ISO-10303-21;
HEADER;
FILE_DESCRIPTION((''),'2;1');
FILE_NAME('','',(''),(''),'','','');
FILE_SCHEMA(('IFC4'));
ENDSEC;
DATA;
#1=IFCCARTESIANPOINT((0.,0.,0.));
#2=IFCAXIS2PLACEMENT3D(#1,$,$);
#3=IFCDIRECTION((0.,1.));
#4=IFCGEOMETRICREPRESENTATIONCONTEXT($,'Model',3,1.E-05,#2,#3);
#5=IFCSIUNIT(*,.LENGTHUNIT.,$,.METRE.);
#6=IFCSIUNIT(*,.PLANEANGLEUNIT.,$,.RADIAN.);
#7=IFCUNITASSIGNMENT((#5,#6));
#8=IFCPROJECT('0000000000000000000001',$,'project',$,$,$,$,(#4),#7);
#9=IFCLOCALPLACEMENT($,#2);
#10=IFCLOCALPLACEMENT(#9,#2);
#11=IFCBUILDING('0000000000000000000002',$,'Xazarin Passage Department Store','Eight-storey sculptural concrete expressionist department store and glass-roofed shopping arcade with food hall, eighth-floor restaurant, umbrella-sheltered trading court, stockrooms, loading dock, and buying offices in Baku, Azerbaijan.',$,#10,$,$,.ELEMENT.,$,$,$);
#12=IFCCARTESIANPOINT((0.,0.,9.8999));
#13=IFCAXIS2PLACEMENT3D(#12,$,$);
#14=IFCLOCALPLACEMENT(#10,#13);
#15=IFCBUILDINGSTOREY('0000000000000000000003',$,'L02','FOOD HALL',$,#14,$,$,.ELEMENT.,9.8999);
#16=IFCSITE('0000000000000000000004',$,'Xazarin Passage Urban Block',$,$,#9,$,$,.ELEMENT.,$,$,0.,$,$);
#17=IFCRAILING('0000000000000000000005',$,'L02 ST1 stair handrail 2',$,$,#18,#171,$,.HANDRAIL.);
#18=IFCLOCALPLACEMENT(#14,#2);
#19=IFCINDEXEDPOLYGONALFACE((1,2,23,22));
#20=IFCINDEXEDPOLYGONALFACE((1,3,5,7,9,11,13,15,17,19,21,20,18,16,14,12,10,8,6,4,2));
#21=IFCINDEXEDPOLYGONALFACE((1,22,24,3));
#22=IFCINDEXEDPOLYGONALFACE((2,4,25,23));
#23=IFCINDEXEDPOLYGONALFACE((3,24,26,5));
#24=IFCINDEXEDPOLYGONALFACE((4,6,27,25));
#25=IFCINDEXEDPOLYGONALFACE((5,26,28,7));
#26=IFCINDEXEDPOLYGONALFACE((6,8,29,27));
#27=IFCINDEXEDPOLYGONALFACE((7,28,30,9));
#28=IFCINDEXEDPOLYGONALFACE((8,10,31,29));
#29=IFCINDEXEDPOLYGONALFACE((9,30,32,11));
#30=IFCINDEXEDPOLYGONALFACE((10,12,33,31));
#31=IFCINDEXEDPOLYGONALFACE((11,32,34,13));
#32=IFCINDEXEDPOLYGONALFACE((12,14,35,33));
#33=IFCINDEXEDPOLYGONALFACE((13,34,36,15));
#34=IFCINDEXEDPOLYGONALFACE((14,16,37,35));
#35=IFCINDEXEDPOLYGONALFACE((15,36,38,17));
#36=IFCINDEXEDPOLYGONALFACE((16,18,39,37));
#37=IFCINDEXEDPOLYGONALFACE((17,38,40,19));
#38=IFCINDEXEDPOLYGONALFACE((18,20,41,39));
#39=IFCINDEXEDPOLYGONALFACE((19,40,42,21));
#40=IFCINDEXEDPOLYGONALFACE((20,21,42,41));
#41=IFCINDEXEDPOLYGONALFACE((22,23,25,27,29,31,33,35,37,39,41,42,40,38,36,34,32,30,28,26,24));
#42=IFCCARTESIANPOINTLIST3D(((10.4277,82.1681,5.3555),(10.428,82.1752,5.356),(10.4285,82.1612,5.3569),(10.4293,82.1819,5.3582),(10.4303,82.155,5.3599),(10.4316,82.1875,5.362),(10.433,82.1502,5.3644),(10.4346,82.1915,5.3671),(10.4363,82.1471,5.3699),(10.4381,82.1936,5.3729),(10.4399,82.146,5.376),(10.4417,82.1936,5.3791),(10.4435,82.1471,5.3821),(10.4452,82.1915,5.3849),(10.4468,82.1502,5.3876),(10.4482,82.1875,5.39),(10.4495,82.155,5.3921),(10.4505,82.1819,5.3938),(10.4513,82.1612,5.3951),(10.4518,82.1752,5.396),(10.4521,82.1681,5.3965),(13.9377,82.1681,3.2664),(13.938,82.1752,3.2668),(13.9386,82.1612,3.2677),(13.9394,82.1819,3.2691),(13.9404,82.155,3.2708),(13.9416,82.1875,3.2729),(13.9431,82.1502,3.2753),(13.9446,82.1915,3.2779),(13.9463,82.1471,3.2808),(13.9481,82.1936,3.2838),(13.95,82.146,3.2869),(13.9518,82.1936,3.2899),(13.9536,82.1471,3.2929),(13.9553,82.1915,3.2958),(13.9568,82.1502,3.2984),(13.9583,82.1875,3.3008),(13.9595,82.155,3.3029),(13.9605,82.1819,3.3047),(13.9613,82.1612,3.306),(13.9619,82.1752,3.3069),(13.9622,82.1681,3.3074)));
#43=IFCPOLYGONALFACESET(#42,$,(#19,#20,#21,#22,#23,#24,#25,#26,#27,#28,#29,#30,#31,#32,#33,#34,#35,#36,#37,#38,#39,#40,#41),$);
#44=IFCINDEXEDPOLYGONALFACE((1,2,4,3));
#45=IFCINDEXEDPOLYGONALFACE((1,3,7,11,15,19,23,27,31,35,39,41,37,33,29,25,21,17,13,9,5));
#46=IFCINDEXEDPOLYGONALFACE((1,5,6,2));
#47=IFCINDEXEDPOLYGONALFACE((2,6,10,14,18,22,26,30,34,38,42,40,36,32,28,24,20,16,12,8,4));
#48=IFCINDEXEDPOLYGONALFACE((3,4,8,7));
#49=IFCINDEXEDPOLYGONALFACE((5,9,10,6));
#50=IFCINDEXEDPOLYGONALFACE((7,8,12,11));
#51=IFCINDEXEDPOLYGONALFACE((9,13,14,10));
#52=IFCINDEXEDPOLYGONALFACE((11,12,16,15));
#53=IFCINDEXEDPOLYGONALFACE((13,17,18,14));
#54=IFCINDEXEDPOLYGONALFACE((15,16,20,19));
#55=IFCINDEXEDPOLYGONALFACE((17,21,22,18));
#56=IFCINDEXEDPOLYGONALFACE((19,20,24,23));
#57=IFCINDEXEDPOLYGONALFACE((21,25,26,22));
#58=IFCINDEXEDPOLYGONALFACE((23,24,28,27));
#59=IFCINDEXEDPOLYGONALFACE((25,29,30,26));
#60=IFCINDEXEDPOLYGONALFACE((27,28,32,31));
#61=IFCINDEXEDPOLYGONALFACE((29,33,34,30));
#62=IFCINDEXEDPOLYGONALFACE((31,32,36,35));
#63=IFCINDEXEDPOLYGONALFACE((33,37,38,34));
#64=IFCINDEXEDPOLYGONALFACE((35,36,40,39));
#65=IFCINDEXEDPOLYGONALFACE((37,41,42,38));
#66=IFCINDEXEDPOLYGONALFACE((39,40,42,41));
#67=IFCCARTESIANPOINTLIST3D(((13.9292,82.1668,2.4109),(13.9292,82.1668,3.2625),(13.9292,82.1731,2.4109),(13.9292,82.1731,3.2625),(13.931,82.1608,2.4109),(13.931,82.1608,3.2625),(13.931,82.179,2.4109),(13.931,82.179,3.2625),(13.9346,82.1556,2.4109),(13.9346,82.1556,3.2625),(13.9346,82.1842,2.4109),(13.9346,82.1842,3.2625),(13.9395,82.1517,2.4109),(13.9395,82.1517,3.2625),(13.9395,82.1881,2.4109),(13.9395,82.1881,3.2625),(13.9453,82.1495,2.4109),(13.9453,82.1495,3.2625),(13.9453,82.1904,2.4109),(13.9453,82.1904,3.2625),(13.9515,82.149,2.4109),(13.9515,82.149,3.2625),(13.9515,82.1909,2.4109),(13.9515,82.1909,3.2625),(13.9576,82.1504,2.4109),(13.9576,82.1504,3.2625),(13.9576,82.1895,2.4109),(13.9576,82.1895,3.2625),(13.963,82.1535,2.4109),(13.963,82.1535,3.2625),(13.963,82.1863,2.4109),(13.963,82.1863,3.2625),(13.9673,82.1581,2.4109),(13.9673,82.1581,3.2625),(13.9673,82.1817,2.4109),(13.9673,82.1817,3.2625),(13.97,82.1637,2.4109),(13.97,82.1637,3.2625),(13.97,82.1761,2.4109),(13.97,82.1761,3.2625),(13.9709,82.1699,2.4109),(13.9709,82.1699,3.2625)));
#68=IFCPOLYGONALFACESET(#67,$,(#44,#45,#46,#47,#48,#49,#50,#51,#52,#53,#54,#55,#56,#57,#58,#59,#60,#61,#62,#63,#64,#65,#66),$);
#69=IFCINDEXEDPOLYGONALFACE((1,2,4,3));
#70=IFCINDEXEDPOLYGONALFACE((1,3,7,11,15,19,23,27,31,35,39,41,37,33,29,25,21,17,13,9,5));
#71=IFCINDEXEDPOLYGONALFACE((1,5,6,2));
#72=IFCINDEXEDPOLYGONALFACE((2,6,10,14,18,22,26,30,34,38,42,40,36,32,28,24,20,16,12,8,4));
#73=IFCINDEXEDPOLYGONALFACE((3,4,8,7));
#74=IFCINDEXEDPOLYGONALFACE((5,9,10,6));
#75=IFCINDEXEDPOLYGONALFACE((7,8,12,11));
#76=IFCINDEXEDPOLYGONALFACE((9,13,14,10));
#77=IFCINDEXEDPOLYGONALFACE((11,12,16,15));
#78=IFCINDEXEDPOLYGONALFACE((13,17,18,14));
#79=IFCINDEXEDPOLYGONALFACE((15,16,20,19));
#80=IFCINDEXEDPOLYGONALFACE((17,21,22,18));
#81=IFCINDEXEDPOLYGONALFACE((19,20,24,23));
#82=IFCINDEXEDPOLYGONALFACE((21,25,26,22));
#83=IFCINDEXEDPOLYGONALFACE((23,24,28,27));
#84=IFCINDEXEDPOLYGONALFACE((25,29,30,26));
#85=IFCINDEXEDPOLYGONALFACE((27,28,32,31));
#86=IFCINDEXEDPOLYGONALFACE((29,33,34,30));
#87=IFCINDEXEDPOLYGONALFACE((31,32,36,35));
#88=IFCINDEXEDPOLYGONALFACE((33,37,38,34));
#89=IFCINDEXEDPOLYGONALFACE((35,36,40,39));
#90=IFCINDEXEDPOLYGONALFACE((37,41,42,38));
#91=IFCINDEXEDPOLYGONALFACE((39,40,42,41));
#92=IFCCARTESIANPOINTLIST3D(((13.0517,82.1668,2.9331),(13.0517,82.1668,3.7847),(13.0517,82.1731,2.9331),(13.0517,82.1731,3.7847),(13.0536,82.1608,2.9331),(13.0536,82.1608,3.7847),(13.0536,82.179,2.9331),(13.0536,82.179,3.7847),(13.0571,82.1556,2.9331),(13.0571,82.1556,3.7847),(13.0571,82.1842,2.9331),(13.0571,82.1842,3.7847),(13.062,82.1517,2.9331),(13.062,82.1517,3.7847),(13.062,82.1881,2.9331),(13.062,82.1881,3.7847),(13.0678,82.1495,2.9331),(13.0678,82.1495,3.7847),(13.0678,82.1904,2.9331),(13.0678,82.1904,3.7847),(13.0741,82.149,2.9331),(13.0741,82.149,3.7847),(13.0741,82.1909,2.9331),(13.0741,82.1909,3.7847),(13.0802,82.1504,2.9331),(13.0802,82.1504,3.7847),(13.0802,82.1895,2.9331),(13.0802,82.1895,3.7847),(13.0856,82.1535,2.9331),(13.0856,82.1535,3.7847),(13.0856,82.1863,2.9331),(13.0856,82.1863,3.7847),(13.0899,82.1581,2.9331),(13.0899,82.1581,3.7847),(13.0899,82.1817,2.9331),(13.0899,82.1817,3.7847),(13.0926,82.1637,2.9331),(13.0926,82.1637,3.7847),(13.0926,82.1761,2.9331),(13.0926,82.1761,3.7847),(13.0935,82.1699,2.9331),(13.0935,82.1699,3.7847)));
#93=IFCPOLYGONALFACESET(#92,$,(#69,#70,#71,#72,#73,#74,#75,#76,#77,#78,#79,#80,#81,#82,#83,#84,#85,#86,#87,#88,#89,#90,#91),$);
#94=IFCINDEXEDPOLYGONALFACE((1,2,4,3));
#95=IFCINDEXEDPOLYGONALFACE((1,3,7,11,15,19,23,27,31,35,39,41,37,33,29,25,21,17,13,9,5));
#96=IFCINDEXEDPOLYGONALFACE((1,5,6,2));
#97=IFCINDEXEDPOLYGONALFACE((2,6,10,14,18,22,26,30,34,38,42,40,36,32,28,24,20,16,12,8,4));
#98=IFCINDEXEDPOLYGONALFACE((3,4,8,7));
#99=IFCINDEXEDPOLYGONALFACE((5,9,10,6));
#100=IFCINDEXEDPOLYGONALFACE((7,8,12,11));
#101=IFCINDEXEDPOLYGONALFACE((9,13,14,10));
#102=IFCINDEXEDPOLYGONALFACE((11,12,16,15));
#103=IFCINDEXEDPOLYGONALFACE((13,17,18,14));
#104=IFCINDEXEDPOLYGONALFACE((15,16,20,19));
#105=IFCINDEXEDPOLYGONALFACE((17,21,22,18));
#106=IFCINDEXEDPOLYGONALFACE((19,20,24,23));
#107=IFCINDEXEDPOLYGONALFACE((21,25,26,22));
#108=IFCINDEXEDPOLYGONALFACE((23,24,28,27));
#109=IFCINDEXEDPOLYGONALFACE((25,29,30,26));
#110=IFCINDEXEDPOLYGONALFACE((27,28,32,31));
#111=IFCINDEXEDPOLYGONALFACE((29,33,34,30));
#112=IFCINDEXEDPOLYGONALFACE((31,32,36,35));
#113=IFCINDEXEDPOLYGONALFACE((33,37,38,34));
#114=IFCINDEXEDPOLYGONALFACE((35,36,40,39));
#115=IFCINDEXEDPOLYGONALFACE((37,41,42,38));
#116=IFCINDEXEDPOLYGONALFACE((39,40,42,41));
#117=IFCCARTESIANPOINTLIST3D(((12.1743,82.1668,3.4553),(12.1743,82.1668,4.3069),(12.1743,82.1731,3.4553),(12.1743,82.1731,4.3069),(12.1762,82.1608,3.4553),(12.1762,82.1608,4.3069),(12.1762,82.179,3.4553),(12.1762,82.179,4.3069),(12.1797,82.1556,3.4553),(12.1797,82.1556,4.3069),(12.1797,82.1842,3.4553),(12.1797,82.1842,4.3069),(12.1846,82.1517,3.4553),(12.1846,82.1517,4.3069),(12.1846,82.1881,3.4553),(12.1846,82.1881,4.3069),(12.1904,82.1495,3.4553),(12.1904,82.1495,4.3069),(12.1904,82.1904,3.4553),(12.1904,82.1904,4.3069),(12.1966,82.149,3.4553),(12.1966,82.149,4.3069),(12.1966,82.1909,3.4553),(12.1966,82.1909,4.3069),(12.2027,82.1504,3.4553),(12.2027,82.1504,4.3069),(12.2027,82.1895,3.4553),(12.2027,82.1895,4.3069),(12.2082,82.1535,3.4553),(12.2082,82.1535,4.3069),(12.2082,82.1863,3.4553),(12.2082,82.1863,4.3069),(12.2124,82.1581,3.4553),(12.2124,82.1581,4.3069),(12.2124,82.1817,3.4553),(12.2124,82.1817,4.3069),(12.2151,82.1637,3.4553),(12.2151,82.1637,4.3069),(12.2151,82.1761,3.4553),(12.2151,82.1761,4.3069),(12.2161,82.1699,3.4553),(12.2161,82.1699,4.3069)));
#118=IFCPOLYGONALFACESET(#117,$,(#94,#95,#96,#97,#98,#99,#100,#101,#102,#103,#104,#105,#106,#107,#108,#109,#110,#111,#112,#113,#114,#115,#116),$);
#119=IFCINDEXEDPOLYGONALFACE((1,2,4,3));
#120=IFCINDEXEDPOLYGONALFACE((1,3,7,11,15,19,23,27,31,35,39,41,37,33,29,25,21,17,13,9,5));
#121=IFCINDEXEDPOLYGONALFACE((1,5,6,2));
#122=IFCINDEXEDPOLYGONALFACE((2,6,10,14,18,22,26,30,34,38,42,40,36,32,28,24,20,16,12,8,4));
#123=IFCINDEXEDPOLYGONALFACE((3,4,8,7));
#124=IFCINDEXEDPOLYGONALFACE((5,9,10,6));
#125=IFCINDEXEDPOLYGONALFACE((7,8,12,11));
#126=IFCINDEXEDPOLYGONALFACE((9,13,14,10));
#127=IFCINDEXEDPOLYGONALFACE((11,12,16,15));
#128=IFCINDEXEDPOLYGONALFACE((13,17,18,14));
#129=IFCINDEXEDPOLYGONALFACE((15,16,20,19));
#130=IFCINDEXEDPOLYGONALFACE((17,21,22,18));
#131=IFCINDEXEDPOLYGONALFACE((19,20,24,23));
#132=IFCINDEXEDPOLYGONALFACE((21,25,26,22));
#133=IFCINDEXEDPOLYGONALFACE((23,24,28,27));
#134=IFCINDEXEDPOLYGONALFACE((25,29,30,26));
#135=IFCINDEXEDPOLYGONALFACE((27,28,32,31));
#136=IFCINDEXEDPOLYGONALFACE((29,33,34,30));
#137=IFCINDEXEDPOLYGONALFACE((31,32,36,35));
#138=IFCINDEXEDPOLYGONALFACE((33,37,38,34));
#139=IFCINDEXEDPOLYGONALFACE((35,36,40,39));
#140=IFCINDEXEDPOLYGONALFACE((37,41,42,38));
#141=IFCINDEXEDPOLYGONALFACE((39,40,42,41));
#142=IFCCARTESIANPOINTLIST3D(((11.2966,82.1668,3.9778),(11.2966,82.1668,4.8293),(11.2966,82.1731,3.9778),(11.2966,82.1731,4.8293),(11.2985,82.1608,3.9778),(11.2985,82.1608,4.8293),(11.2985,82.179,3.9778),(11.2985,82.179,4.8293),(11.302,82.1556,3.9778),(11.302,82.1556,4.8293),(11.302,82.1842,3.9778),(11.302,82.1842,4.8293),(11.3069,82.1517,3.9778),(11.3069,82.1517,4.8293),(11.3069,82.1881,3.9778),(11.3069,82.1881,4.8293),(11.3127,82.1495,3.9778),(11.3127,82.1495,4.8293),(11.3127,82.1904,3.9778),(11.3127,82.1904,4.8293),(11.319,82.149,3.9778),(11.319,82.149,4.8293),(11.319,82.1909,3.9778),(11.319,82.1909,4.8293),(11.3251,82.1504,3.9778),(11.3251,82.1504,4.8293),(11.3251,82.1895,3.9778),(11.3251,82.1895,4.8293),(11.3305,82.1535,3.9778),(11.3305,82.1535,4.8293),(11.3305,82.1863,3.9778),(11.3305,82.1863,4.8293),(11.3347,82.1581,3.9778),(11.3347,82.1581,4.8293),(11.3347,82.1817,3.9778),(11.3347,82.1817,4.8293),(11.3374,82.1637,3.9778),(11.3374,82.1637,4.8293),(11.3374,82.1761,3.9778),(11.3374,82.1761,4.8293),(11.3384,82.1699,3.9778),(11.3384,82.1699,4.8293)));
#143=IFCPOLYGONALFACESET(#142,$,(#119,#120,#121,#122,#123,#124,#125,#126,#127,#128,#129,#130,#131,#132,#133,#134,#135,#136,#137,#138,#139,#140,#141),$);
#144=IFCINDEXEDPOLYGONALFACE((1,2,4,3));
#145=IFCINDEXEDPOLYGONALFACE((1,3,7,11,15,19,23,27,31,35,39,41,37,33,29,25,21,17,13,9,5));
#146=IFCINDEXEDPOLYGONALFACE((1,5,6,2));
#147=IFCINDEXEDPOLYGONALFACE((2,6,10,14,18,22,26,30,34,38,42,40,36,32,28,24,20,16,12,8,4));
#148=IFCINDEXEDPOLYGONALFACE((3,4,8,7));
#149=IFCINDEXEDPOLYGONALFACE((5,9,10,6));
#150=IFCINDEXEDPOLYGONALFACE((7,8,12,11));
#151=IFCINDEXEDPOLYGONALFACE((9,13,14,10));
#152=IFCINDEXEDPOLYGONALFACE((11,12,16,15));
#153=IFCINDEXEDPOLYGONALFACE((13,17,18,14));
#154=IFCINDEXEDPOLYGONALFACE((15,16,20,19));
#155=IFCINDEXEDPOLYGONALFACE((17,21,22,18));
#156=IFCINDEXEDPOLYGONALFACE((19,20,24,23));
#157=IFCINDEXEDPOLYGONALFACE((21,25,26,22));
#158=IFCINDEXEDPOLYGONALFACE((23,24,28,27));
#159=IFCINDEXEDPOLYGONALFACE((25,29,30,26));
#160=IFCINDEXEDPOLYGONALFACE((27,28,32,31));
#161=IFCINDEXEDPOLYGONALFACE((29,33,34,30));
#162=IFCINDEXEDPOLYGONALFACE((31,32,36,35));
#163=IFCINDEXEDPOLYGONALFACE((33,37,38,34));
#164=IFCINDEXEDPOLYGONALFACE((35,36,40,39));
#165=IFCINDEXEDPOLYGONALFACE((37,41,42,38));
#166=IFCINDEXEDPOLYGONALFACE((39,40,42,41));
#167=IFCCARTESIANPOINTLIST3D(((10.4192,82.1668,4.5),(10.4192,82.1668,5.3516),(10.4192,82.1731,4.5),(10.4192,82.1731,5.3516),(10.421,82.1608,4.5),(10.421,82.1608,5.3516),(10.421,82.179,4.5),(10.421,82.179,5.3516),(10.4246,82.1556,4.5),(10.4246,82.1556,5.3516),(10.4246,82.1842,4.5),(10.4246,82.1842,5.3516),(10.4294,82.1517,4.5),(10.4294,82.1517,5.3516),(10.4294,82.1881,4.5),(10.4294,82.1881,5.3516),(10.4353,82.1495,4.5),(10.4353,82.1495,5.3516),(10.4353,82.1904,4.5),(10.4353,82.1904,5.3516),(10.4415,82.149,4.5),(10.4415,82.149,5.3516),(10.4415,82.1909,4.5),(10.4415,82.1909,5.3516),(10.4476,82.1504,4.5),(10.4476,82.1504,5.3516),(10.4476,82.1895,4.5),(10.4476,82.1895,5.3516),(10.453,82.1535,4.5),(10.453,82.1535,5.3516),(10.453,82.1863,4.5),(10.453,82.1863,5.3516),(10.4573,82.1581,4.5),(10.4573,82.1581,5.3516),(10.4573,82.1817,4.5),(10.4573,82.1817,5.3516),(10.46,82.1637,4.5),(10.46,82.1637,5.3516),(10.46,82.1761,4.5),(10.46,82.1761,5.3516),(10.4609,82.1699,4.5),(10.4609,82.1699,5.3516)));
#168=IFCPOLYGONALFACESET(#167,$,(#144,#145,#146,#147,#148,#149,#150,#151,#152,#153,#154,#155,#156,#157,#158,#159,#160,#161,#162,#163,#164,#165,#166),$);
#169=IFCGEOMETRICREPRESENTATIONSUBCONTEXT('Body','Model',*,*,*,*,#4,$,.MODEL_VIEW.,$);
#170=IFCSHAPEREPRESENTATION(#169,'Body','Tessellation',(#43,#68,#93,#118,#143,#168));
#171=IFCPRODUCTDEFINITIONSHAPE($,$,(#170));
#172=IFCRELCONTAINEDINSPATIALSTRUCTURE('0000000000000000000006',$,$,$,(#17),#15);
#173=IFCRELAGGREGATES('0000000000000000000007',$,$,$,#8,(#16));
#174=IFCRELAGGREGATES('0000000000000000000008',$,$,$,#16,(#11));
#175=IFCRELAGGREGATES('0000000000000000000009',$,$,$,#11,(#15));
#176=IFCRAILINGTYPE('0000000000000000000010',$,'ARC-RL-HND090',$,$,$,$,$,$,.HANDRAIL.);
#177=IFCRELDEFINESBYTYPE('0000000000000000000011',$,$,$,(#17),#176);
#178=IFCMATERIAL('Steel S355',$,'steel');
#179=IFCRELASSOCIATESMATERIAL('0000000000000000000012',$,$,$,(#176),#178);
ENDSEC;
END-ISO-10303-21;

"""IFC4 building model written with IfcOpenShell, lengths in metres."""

from ifc_helpers import new_model, si_unit, direction, frame, origin, origin_2d, place, context, subcontext, project, spatial, circle, extrude, material, type_object, element, save


model = new_model("IFC4")

# Units and contexts
model_context = context("Model", 3, precision=1e-05, world=origin(), true_north=direction((0.0, 1.0)))
body_context = subcontext(model_context, "Body", "Model", "MODEL_VIEW")
ifc_project = project(units=[si_unit("LENGTHUNIT", "METRE"), si_unit("PLANEANGLEUNIT", "RADIAN")], contexts=[model_context])

# Site, building, storey
site_placement = place(None, origin())
site = spatial("IfcSite", under=ifc_project, at=site_placement, Name="Xazarin Passage Urban Block", CompositionType="ELEMENT", RefElevation=0.0)
building_placement = place(site_placement, origin())
building = spatial("IfcBuilding", under=site, at=building_placement, Name="Xazarin Passage Department Store", Description="Eight-storey sculptural concrete expressionist department store and glass-roofed shopping arcade with food hall, eighth-floor restaurant, umbrella-sheltered trading court, stockrooms, loading dock, and buying offices in Baku, Azerbaijan.", CompositionType="ELEMENT")
storey_placement = place(building_placement, frame((0.0, 0.0, 9.8999)))
storey = spatial("IfcBuildingStorey", under=building, at=storey_placement, Name="L02", Description="FOOD HALL", CompositionType="ELEMENT", Elevation=9.8999)

# Shared definitions
ifc_material_1 = material(Name="Steel S355", Category="steel")

# Railing
railing_type_1 = type_object("IfcRailingType", Name="ARC-RL-HND090", PredefinedType="HANDRAIL", material=ifc_material_1)
railing_1_placement = place(storey_placement, frame((13.95, 82.1699, 2.4109)))
element("IfcRailing", 1, at=railing_1_placement, inside=storey, type_object=railing_type_1, Name="L02 ST1 stair handrail 2", PredefinedType="HANDRAIL", context=body_context, shape_type="SweptSolid", body=[
    extrude(circle(Radius=0.0239, at=origin_2d()), frame((0.0, 0.0, 0.876), z_axis=(-0.859312, 0.0, 0.511451), x_axis=(0.0, -1.0, 0.0)), (0.0, 0.0, 1.0), 4.0847),
    extrude(circle(Radius=0.021, at=origin_2d()), origin(), (0.0, 0.0, 1.0), 0.8516),
    extrude(circle(Radius=0.021, at=origin_2d()), frame((-0.8774, 0.0, 0.5222)), (0.0, 0.0, 1.0), 0.8516),
    extrude(circle(Radius=0.021, at=origin_2d()), frame((-1.7549, 0.0, 1.0444)), (0.0, 0.0, 1.0), 0.8516),
    extrude(circle(Radius=0.021, at=origin_2d()), frame((-2.6326, 0.0, 1.5669)), (0.0, 0.0, 1.0), 0.8516),
    extrude(circle(Radius=0.021, at=origin_2d()), frame((-3.51, 0.0, 2.0891)), (0.0, 0.0, 1.0), 0.8516),
])

save(model, "model.ifc")
